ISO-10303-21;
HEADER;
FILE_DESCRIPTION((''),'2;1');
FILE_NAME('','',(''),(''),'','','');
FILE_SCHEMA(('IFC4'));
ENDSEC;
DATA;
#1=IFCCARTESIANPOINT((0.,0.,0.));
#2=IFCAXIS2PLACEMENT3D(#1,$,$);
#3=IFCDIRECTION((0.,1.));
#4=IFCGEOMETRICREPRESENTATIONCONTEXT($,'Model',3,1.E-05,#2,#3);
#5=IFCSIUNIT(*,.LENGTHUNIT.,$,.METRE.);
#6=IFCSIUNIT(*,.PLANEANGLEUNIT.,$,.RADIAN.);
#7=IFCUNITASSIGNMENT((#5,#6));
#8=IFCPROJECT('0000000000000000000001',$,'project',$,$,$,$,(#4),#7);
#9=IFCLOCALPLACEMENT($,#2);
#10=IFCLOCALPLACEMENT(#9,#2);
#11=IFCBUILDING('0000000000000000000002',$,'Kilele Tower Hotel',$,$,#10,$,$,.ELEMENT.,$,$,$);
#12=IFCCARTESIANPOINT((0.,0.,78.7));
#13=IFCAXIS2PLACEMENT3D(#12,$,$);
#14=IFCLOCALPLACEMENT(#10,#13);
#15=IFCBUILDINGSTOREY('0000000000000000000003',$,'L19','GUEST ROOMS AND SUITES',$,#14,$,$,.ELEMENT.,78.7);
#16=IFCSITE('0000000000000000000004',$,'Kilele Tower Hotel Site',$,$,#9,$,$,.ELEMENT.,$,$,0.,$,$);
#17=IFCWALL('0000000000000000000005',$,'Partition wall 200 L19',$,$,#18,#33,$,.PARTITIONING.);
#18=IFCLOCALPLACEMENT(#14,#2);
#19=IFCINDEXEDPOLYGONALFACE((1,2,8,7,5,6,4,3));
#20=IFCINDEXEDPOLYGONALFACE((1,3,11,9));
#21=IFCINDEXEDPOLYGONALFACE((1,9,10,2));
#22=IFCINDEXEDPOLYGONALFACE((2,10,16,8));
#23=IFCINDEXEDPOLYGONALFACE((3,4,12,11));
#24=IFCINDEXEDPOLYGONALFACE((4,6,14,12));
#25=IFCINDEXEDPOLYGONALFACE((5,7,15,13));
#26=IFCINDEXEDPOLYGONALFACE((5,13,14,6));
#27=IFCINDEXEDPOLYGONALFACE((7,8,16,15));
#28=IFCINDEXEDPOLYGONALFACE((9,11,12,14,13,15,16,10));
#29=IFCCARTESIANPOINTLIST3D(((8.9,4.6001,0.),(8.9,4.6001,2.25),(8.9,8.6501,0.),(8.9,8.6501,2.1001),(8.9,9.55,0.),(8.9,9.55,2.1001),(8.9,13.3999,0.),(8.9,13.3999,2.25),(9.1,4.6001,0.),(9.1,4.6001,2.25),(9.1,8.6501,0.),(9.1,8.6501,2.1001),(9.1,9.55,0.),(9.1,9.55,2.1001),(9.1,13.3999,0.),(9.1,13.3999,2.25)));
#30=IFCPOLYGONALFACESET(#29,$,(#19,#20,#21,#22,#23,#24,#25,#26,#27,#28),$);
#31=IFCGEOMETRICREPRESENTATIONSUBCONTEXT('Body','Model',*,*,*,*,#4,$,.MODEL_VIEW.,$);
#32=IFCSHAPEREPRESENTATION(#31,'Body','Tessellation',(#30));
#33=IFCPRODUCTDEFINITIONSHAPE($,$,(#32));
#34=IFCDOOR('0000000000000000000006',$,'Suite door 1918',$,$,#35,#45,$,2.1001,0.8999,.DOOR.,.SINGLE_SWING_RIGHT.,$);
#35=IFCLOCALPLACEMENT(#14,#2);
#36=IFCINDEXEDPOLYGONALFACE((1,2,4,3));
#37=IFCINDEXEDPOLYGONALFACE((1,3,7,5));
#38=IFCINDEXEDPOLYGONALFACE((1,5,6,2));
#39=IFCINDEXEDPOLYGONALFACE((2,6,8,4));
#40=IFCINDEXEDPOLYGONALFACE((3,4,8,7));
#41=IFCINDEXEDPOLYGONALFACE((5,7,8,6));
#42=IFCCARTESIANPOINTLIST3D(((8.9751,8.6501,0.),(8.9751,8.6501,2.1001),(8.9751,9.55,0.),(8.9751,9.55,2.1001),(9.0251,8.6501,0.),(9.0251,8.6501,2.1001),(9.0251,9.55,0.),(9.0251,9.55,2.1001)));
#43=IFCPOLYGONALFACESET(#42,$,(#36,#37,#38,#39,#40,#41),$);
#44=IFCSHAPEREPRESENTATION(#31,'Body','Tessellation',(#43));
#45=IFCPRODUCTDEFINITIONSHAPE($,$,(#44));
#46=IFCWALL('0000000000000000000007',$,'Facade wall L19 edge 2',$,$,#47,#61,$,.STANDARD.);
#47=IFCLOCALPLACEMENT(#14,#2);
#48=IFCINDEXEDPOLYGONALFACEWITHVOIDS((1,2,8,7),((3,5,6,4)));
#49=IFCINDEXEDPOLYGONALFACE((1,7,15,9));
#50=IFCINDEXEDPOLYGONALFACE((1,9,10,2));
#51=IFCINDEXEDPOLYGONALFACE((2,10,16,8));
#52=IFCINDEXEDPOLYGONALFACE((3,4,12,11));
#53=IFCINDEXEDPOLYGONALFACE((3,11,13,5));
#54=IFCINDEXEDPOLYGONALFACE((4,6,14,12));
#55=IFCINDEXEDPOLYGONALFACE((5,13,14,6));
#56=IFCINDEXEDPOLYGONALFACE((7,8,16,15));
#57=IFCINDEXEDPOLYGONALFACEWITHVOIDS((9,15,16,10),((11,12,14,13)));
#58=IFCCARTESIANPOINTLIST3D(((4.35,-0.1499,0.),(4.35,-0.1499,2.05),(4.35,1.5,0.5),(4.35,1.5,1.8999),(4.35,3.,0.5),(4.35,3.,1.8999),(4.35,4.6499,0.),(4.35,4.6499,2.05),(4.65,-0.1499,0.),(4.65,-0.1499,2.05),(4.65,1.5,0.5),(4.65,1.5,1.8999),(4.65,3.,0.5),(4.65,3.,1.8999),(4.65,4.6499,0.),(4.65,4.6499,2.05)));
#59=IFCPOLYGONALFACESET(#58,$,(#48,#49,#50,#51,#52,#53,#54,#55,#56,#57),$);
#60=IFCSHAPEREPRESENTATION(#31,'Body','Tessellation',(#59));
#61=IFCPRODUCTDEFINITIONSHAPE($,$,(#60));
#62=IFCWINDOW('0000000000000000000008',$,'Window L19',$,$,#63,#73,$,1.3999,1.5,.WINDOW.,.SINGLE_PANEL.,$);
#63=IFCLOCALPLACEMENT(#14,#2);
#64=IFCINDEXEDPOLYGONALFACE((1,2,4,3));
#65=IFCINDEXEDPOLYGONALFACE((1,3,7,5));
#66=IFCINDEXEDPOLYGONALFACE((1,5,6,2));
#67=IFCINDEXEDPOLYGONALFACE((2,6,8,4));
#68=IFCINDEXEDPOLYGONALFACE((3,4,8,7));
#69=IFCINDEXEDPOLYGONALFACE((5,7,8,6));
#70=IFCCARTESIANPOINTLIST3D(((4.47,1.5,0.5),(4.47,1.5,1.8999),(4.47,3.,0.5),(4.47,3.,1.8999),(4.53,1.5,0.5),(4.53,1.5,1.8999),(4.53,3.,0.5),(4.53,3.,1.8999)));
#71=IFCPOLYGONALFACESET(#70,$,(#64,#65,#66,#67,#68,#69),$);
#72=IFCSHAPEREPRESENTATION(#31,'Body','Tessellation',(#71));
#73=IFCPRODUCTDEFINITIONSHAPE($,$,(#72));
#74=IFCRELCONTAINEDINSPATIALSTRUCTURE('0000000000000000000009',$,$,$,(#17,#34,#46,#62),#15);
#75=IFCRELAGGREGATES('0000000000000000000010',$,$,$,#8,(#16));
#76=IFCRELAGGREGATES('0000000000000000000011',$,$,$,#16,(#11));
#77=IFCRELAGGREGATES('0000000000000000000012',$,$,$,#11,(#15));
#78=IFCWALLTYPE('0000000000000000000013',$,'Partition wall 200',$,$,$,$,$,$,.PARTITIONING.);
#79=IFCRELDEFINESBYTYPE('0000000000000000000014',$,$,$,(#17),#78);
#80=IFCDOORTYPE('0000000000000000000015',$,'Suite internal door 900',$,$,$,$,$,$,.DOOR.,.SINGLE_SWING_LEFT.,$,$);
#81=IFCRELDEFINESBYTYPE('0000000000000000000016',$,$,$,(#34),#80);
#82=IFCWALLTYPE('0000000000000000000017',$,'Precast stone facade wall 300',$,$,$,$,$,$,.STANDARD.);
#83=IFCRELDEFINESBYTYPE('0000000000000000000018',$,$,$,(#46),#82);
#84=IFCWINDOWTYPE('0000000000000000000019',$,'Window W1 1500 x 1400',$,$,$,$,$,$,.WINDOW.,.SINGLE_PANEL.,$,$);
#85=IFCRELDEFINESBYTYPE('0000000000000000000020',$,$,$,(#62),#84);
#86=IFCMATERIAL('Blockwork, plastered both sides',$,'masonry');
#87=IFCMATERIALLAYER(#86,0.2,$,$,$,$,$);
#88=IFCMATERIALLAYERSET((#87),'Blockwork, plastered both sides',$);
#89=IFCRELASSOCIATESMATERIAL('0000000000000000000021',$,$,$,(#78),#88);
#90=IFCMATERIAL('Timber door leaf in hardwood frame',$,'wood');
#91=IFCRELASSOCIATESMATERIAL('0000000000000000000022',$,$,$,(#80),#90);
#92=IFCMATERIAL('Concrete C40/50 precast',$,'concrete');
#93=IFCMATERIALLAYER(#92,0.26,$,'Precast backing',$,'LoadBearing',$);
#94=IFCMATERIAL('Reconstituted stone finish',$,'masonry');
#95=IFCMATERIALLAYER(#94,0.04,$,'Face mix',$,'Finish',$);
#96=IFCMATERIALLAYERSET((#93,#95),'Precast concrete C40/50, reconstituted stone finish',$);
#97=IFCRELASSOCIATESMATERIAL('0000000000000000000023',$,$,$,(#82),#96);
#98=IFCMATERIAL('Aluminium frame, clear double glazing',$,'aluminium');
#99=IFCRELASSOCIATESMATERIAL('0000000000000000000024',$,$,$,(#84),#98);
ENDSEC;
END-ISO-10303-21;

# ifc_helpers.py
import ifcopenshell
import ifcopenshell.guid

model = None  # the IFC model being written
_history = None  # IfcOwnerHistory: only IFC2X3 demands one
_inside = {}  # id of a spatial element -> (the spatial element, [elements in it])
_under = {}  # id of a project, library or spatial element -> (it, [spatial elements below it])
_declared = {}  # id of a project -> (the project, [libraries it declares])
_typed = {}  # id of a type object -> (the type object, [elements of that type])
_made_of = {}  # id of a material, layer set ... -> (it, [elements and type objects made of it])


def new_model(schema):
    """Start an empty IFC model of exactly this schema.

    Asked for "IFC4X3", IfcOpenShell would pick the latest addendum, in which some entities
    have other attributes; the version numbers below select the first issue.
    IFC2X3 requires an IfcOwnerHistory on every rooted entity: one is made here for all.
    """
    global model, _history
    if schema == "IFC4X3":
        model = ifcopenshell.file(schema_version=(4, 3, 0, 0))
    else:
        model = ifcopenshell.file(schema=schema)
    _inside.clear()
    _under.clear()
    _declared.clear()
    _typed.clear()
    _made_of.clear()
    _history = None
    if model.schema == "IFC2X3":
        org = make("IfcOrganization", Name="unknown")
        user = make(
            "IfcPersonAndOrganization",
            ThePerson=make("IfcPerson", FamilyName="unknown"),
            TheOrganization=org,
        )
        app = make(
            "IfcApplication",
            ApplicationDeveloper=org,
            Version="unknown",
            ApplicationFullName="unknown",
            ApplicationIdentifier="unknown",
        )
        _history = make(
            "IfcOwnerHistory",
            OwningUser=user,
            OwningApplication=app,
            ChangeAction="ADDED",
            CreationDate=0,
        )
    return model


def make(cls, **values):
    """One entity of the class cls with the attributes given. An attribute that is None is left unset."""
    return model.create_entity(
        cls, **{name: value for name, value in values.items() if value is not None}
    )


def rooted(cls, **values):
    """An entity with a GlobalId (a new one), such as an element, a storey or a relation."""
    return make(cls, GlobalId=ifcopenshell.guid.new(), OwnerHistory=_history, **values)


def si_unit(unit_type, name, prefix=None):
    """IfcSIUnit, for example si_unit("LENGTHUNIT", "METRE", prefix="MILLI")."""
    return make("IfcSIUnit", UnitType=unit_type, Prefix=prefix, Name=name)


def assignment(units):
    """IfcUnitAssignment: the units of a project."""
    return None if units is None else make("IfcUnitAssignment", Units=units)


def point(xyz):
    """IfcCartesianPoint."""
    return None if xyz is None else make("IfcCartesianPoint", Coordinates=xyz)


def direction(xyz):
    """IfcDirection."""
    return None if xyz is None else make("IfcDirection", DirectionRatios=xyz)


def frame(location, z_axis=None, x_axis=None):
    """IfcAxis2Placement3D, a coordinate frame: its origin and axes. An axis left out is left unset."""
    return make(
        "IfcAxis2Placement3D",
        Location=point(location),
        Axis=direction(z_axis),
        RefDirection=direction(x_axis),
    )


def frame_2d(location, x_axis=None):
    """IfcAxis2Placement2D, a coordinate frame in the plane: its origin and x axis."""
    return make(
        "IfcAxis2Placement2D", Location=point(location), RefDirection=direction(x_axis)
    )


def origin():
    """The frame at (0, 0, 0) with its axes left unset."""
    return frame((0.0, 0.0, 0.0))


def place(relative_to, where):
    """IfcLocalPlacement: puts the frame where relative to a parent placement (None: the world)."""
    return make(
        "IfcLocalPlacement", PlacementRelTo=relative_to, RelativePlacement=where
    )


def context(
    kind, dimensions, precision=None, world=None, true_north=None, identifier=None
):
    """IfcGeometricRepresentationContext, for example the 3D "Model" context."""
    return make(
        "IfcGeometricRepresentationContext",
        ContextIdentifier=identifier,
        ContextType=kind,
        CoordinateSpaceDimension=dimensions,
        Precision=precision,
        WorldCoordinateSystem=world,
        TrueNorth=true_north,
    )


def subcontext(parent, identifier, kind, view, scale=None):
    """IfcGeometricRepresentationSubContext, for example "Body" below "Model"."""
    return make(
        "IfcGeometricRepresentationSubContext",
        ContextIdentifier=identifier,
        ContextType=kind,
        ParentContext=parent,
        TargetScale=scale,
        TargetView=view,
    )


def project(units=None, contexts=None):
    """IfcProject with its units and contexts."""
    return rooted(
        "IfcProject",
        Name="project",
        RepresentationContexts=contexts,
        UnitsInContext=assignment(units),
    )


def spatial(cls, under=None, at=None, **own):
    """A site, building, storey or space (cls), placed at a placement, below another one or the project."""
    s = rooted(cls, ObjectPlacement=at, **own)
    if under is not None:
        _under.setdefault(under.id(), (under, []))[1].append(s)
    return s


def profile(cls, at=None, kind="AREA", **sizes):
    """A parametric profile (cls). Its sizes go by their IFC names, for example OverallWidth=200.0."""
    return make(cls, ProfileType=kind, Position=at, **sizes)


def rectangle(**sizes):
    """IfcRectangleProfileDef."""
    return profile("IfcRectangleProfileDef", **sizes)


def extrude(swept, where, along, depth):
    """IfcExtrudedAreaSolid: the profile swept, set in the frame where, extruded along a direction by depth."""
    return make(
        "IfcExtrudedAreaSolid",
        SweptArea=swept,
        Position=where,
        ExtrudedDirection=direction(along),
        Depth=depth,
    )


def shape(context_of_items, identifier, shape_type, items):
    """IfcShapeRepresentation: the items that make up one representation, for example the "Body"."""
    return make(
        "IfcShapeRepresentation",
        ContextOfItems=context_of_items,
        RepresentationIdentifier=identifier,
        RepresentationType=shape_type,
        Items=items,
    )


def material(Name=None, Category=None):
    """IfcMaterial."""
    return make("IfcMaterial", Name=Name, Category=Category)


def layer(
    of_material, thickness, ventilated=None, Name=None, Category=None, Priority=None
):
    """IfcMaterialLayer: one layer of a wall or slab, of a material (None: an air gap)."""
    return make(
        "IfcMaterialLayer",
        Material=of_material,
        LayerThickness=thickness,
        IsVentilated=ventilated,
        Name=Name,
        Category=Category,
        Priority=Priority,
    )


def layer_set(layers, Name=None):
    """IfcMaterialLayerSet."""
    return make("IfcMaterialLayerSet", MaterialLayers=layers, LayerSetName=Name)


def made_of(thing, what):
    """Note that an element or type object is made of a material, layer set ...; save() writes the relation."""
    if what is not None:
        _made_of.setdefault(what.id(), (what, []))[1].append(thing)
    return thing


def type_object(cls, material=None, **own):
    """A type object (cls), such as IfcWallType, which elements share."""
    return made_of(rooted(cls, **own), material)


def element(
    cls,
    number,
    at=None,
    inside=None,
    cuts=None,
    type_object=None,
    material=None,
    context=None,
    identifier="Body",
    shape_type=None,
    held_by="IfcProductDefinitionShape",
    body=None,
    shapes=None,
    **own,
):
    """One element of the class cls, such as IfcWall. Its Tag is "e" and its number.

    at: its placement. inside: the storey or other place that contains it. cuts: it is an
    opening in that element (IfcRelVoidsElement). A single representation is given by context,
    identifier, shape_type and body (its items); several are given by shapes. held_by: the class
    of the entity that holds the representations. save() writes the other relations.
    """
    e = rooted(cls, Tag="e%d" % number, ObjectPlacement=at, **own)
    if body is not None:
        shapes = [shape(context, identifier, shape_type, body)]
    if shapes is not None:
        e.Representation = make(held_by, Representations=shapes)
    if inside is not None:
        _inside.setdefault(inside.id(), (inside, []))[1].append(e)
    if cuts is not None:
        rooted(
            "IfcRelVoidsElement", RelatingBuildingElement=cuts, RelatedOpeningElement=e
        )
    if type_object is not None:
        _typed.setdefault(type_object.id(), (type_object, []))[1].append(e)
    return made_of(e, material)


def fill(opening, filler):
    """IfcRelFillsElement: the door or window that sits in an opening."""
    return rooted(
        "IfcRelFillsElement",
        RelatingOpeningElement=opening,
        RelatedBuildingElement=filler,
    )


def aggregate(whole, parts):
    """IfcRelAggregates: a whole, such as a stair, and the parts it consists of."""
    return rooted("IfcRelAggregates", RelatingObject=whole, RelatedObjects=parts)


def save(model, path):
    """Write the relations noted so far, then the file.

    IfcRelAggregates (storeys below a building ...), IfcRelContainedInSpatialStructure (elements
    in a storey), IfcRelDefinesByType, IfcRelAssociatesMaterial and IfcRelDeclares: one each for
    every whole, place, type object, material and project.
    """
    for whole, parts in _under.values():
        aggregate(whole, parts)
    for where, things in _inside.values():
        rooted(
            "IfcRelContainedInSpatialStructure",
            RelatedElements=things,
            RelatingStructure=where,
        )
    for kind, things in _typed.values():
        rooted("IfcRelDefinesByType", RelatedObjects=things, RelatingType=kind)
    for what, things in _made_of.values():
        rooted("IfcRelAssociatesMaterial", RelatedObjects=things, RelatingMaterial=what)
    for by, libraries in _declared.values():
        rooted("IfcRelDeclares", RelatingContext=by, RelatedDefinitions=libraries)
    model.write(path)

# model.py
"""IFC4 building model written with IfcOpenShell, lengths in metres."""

from ifc_helpers import new_model, si_unit, direction, frame, frame_2d, origin, place, context, subcontext, project, spatial, rectangle, extrude, material, layer, layer_set, type_object, element, fill, save


model = new_model("IFC4")

# Units and contexts
model_context = context("Model", 3, precision=1e-05, world=origin(), true_north=direction((0.0, 1.0)))
body_context = subcontext(model_context, "Body", "Model", "MODEL_VIEW")
ifc_project = project(units=[si_unit("LENGTHUNIT", "METRE"), si_unit("PLANEANGLEUNIT", "RADIAN")], contexts=[model_context])

# Site, building, storey
site_placement = place(None, origin())
site = spatial("IfcSite", under=ifc_project, at=site_placement, Name="Kilele Tower Hotel Site", CompositionType="ELEMENT", RefElevation=0.0)
building_placement = place(site_placement, origin())
building = spatial("IfcBuilding", under=site, at=building_placement, Name="Kilele Tower Hotel", CompositionType="ELEMENT")
storey_placement = place(building_placement, frame((0.0, 0.0, 78.7)))
storey = spatial("IfcBuildingStorey", under=building, at=storey_placement, Name="L19", Description="GUEST ROOMS AND SUITES", CompositionType="ELEMENT", Elevation=78.7)

# Wall, opening, door
ifc_material_1 = material(Name="Blockwork, plastered both sides", Category="masonry")
ifc_layer_1 = layer(ifc_material_1, 0.2)
ifc_layer_set_1 = layer_set([ifc_layer_1], Name="Blockwork, plastered both sides")
wall_type_1 = type_object("IfcWallType", Name="Partition wall 200", PredefinedType="PARTITIONING", material=ifc_layer_set_1)
wall_1_placement = place(storey_placement, frame((9.0, 4.6001, 0.0), z_axis=(0.0, 0.0, 1.0), x_axis=(0.0, 1.0, 0.0)))
wall_1 = element("IfcWall", 1, at=wall_1_placement, inside=storey, type_object=wall_type_1, Name="Partition wall 200 L19", PredefinedType="PARTITIONING", context=body_context, shape_type="SweptSolid", body=[
    extrude(rectangle(XDim=8.7998, YDim=0.2, at=frame_2d((4.3999, 0.0))), origin(), (0.0, 0.0, 1.0), 2.25),
])
opening_1_placement = place(wall_1_placement, frame((4.05, 0.0, 0.0)))
opening_1 = element("IfcOpeningElement", 2, at=opening_1_placement, cuts=wall_1, PredefinedType="OPENING", context=body_context, shape_type="SweptSolid", body=[
    extrude(rectangle(XDim=0.8999, YDim=2.1001, at=frame_2d((0.45, 1.05))), frame((0.0, 0.1099, 0.0), z_axis=(0.0, -1.0, 0.0), x_axis=(1.0, 0.0, 0.0)), (0.0, 0.0, 1.0), 0.22),
])
ifc_material_2 = material(Name="Timber door leaf in hardwood frame", Category="wood")
door_type = type_object("IfcDoorType", Name="Suite internal door 900", OperationType="SINGLE_SWING_LEFT", PredefinedType="DOOR", material=ifc_material_2)
door_placement = place(opening_1_placement, origin())
door = element("IfcDoor", 3, at=door_placement, inside=storey, type_object=door_type, Name="Suite door 1918", OperationType="SINGLE_SWING_RIGHT", OverallHeight=2.1001, OverallWidth=0.8999, PredefinedType="DOOR", context=body_context, shape_type="SweptSolid", body=[
    extrude(rectangle(XDim=0.8999, YDim=2.1001, at=frame_2d((0.45, 1.05))), frame((0.0, 0.0249, 0.0), z_axis=(0.0, -1.0, 0.0), x_axis=(1.0, 0.0, 0.0)), (0.0, 0.0, 1.0), 0.05),
])
fill(opening_1, door)

# Wall, opening, window
ifc_material_3 = material(Name="Concrete C40/50 precast", Category="concrete")
ifc_layer_2 = layer(ifc_material_3, 0.26, Name="Precast backing", Category="LoadBearing")
ifc_material_4 = material(Name="Reconstituted stone finish", Category="masonry")
ifc_layer_3 = layer(ifc_material_4, 0.04, Name="Face mix", Category="Finish")
ifc_layer_set_2 = layer_set([ifc_layer_2, ifc_layer_3], Name="Precast concrete C40/50, reconstituted stone finish")
wall_type_2 = type_object("IfcWallType", Name="Precast stone facade wall 300", PredefinedType="STANDARD", material=ifc_layer_set_2)
wall_2_placement = place(storey_placement, frame((4.5, 4.6499, 0.0), z_axis=(0.0, 0.0, 1.0), x_axis=(0.0, -1.0, 0.0)))
wall_2 = element("IfcWall", 4, at=wall_2_placement, inside=storey, type_object=wall_type_2, Name="Facade wall L19 edge 2", PredefinedType="STANDARD", context=body_context, shape_type="SweptSolid", body=[
    extrude(rectangle(XDim=4.7998, YDim=0.3, at=frame_2d((2.3999, 0.0))), origin(), (0.0, 0.0, 1.0), 2.05),
])
opening_2_placement = place(wall_2_placement, frame((1.6499, 0.0, 0.5)))
opening_2 = element("IfcOpeningElement", 5, at=opening_2_placement, cuts=wall_2, PredefinedType="OPENING", context=body_context, shape_type="SweptSolid", body=[
    extrude(rectangle(XDim=1.5, YDim=1.3999, at=frame_2d((0.75, 0.7))), frame((0.0, 0.1599, 0.0), z_axis=(0.0, -1.0, 0.0), x_axis=(1.0, 0.0, 0.0)), (0.0, 0.0, 1.0), 0.3201),
])
ifc_material_5 = material(Name="Aluminium frame, clear double glazing", Category="aluminium")
window_type = type_object("IfcWindowType", Name="Window W1 1500 x 1400", PartitioningType="SINGLE_PANEL", PredefinedType="WINDOW", material=ifc_material_5)
window_placement = place(opening_2_placement, origin())
window = element("IfcWindow", 6, at=window_placement, inside=storey, type_object=window_type, Name="Window L19", OverallHeight=1.3999, OverallWidth=1.5, PartitioningType="SINGLE_PANEL", PredefinedType="WINDOW", context=body_context, shape_type="SweptSolid", body=[
    extrude(rectangle(XDim=1.5, YDim=1.3999, at=frame_2d((0.75, 0.7))), frame((0.0, 0.03, 0.0), z_axis=(0.0, -1.0, 0.0), x_axis=(1.0, 0.0, 0.0)), (0.0, 0.0, 1.0), 0.0601),
])
fill(opening_2, window)

save(model, "model.ifc")
